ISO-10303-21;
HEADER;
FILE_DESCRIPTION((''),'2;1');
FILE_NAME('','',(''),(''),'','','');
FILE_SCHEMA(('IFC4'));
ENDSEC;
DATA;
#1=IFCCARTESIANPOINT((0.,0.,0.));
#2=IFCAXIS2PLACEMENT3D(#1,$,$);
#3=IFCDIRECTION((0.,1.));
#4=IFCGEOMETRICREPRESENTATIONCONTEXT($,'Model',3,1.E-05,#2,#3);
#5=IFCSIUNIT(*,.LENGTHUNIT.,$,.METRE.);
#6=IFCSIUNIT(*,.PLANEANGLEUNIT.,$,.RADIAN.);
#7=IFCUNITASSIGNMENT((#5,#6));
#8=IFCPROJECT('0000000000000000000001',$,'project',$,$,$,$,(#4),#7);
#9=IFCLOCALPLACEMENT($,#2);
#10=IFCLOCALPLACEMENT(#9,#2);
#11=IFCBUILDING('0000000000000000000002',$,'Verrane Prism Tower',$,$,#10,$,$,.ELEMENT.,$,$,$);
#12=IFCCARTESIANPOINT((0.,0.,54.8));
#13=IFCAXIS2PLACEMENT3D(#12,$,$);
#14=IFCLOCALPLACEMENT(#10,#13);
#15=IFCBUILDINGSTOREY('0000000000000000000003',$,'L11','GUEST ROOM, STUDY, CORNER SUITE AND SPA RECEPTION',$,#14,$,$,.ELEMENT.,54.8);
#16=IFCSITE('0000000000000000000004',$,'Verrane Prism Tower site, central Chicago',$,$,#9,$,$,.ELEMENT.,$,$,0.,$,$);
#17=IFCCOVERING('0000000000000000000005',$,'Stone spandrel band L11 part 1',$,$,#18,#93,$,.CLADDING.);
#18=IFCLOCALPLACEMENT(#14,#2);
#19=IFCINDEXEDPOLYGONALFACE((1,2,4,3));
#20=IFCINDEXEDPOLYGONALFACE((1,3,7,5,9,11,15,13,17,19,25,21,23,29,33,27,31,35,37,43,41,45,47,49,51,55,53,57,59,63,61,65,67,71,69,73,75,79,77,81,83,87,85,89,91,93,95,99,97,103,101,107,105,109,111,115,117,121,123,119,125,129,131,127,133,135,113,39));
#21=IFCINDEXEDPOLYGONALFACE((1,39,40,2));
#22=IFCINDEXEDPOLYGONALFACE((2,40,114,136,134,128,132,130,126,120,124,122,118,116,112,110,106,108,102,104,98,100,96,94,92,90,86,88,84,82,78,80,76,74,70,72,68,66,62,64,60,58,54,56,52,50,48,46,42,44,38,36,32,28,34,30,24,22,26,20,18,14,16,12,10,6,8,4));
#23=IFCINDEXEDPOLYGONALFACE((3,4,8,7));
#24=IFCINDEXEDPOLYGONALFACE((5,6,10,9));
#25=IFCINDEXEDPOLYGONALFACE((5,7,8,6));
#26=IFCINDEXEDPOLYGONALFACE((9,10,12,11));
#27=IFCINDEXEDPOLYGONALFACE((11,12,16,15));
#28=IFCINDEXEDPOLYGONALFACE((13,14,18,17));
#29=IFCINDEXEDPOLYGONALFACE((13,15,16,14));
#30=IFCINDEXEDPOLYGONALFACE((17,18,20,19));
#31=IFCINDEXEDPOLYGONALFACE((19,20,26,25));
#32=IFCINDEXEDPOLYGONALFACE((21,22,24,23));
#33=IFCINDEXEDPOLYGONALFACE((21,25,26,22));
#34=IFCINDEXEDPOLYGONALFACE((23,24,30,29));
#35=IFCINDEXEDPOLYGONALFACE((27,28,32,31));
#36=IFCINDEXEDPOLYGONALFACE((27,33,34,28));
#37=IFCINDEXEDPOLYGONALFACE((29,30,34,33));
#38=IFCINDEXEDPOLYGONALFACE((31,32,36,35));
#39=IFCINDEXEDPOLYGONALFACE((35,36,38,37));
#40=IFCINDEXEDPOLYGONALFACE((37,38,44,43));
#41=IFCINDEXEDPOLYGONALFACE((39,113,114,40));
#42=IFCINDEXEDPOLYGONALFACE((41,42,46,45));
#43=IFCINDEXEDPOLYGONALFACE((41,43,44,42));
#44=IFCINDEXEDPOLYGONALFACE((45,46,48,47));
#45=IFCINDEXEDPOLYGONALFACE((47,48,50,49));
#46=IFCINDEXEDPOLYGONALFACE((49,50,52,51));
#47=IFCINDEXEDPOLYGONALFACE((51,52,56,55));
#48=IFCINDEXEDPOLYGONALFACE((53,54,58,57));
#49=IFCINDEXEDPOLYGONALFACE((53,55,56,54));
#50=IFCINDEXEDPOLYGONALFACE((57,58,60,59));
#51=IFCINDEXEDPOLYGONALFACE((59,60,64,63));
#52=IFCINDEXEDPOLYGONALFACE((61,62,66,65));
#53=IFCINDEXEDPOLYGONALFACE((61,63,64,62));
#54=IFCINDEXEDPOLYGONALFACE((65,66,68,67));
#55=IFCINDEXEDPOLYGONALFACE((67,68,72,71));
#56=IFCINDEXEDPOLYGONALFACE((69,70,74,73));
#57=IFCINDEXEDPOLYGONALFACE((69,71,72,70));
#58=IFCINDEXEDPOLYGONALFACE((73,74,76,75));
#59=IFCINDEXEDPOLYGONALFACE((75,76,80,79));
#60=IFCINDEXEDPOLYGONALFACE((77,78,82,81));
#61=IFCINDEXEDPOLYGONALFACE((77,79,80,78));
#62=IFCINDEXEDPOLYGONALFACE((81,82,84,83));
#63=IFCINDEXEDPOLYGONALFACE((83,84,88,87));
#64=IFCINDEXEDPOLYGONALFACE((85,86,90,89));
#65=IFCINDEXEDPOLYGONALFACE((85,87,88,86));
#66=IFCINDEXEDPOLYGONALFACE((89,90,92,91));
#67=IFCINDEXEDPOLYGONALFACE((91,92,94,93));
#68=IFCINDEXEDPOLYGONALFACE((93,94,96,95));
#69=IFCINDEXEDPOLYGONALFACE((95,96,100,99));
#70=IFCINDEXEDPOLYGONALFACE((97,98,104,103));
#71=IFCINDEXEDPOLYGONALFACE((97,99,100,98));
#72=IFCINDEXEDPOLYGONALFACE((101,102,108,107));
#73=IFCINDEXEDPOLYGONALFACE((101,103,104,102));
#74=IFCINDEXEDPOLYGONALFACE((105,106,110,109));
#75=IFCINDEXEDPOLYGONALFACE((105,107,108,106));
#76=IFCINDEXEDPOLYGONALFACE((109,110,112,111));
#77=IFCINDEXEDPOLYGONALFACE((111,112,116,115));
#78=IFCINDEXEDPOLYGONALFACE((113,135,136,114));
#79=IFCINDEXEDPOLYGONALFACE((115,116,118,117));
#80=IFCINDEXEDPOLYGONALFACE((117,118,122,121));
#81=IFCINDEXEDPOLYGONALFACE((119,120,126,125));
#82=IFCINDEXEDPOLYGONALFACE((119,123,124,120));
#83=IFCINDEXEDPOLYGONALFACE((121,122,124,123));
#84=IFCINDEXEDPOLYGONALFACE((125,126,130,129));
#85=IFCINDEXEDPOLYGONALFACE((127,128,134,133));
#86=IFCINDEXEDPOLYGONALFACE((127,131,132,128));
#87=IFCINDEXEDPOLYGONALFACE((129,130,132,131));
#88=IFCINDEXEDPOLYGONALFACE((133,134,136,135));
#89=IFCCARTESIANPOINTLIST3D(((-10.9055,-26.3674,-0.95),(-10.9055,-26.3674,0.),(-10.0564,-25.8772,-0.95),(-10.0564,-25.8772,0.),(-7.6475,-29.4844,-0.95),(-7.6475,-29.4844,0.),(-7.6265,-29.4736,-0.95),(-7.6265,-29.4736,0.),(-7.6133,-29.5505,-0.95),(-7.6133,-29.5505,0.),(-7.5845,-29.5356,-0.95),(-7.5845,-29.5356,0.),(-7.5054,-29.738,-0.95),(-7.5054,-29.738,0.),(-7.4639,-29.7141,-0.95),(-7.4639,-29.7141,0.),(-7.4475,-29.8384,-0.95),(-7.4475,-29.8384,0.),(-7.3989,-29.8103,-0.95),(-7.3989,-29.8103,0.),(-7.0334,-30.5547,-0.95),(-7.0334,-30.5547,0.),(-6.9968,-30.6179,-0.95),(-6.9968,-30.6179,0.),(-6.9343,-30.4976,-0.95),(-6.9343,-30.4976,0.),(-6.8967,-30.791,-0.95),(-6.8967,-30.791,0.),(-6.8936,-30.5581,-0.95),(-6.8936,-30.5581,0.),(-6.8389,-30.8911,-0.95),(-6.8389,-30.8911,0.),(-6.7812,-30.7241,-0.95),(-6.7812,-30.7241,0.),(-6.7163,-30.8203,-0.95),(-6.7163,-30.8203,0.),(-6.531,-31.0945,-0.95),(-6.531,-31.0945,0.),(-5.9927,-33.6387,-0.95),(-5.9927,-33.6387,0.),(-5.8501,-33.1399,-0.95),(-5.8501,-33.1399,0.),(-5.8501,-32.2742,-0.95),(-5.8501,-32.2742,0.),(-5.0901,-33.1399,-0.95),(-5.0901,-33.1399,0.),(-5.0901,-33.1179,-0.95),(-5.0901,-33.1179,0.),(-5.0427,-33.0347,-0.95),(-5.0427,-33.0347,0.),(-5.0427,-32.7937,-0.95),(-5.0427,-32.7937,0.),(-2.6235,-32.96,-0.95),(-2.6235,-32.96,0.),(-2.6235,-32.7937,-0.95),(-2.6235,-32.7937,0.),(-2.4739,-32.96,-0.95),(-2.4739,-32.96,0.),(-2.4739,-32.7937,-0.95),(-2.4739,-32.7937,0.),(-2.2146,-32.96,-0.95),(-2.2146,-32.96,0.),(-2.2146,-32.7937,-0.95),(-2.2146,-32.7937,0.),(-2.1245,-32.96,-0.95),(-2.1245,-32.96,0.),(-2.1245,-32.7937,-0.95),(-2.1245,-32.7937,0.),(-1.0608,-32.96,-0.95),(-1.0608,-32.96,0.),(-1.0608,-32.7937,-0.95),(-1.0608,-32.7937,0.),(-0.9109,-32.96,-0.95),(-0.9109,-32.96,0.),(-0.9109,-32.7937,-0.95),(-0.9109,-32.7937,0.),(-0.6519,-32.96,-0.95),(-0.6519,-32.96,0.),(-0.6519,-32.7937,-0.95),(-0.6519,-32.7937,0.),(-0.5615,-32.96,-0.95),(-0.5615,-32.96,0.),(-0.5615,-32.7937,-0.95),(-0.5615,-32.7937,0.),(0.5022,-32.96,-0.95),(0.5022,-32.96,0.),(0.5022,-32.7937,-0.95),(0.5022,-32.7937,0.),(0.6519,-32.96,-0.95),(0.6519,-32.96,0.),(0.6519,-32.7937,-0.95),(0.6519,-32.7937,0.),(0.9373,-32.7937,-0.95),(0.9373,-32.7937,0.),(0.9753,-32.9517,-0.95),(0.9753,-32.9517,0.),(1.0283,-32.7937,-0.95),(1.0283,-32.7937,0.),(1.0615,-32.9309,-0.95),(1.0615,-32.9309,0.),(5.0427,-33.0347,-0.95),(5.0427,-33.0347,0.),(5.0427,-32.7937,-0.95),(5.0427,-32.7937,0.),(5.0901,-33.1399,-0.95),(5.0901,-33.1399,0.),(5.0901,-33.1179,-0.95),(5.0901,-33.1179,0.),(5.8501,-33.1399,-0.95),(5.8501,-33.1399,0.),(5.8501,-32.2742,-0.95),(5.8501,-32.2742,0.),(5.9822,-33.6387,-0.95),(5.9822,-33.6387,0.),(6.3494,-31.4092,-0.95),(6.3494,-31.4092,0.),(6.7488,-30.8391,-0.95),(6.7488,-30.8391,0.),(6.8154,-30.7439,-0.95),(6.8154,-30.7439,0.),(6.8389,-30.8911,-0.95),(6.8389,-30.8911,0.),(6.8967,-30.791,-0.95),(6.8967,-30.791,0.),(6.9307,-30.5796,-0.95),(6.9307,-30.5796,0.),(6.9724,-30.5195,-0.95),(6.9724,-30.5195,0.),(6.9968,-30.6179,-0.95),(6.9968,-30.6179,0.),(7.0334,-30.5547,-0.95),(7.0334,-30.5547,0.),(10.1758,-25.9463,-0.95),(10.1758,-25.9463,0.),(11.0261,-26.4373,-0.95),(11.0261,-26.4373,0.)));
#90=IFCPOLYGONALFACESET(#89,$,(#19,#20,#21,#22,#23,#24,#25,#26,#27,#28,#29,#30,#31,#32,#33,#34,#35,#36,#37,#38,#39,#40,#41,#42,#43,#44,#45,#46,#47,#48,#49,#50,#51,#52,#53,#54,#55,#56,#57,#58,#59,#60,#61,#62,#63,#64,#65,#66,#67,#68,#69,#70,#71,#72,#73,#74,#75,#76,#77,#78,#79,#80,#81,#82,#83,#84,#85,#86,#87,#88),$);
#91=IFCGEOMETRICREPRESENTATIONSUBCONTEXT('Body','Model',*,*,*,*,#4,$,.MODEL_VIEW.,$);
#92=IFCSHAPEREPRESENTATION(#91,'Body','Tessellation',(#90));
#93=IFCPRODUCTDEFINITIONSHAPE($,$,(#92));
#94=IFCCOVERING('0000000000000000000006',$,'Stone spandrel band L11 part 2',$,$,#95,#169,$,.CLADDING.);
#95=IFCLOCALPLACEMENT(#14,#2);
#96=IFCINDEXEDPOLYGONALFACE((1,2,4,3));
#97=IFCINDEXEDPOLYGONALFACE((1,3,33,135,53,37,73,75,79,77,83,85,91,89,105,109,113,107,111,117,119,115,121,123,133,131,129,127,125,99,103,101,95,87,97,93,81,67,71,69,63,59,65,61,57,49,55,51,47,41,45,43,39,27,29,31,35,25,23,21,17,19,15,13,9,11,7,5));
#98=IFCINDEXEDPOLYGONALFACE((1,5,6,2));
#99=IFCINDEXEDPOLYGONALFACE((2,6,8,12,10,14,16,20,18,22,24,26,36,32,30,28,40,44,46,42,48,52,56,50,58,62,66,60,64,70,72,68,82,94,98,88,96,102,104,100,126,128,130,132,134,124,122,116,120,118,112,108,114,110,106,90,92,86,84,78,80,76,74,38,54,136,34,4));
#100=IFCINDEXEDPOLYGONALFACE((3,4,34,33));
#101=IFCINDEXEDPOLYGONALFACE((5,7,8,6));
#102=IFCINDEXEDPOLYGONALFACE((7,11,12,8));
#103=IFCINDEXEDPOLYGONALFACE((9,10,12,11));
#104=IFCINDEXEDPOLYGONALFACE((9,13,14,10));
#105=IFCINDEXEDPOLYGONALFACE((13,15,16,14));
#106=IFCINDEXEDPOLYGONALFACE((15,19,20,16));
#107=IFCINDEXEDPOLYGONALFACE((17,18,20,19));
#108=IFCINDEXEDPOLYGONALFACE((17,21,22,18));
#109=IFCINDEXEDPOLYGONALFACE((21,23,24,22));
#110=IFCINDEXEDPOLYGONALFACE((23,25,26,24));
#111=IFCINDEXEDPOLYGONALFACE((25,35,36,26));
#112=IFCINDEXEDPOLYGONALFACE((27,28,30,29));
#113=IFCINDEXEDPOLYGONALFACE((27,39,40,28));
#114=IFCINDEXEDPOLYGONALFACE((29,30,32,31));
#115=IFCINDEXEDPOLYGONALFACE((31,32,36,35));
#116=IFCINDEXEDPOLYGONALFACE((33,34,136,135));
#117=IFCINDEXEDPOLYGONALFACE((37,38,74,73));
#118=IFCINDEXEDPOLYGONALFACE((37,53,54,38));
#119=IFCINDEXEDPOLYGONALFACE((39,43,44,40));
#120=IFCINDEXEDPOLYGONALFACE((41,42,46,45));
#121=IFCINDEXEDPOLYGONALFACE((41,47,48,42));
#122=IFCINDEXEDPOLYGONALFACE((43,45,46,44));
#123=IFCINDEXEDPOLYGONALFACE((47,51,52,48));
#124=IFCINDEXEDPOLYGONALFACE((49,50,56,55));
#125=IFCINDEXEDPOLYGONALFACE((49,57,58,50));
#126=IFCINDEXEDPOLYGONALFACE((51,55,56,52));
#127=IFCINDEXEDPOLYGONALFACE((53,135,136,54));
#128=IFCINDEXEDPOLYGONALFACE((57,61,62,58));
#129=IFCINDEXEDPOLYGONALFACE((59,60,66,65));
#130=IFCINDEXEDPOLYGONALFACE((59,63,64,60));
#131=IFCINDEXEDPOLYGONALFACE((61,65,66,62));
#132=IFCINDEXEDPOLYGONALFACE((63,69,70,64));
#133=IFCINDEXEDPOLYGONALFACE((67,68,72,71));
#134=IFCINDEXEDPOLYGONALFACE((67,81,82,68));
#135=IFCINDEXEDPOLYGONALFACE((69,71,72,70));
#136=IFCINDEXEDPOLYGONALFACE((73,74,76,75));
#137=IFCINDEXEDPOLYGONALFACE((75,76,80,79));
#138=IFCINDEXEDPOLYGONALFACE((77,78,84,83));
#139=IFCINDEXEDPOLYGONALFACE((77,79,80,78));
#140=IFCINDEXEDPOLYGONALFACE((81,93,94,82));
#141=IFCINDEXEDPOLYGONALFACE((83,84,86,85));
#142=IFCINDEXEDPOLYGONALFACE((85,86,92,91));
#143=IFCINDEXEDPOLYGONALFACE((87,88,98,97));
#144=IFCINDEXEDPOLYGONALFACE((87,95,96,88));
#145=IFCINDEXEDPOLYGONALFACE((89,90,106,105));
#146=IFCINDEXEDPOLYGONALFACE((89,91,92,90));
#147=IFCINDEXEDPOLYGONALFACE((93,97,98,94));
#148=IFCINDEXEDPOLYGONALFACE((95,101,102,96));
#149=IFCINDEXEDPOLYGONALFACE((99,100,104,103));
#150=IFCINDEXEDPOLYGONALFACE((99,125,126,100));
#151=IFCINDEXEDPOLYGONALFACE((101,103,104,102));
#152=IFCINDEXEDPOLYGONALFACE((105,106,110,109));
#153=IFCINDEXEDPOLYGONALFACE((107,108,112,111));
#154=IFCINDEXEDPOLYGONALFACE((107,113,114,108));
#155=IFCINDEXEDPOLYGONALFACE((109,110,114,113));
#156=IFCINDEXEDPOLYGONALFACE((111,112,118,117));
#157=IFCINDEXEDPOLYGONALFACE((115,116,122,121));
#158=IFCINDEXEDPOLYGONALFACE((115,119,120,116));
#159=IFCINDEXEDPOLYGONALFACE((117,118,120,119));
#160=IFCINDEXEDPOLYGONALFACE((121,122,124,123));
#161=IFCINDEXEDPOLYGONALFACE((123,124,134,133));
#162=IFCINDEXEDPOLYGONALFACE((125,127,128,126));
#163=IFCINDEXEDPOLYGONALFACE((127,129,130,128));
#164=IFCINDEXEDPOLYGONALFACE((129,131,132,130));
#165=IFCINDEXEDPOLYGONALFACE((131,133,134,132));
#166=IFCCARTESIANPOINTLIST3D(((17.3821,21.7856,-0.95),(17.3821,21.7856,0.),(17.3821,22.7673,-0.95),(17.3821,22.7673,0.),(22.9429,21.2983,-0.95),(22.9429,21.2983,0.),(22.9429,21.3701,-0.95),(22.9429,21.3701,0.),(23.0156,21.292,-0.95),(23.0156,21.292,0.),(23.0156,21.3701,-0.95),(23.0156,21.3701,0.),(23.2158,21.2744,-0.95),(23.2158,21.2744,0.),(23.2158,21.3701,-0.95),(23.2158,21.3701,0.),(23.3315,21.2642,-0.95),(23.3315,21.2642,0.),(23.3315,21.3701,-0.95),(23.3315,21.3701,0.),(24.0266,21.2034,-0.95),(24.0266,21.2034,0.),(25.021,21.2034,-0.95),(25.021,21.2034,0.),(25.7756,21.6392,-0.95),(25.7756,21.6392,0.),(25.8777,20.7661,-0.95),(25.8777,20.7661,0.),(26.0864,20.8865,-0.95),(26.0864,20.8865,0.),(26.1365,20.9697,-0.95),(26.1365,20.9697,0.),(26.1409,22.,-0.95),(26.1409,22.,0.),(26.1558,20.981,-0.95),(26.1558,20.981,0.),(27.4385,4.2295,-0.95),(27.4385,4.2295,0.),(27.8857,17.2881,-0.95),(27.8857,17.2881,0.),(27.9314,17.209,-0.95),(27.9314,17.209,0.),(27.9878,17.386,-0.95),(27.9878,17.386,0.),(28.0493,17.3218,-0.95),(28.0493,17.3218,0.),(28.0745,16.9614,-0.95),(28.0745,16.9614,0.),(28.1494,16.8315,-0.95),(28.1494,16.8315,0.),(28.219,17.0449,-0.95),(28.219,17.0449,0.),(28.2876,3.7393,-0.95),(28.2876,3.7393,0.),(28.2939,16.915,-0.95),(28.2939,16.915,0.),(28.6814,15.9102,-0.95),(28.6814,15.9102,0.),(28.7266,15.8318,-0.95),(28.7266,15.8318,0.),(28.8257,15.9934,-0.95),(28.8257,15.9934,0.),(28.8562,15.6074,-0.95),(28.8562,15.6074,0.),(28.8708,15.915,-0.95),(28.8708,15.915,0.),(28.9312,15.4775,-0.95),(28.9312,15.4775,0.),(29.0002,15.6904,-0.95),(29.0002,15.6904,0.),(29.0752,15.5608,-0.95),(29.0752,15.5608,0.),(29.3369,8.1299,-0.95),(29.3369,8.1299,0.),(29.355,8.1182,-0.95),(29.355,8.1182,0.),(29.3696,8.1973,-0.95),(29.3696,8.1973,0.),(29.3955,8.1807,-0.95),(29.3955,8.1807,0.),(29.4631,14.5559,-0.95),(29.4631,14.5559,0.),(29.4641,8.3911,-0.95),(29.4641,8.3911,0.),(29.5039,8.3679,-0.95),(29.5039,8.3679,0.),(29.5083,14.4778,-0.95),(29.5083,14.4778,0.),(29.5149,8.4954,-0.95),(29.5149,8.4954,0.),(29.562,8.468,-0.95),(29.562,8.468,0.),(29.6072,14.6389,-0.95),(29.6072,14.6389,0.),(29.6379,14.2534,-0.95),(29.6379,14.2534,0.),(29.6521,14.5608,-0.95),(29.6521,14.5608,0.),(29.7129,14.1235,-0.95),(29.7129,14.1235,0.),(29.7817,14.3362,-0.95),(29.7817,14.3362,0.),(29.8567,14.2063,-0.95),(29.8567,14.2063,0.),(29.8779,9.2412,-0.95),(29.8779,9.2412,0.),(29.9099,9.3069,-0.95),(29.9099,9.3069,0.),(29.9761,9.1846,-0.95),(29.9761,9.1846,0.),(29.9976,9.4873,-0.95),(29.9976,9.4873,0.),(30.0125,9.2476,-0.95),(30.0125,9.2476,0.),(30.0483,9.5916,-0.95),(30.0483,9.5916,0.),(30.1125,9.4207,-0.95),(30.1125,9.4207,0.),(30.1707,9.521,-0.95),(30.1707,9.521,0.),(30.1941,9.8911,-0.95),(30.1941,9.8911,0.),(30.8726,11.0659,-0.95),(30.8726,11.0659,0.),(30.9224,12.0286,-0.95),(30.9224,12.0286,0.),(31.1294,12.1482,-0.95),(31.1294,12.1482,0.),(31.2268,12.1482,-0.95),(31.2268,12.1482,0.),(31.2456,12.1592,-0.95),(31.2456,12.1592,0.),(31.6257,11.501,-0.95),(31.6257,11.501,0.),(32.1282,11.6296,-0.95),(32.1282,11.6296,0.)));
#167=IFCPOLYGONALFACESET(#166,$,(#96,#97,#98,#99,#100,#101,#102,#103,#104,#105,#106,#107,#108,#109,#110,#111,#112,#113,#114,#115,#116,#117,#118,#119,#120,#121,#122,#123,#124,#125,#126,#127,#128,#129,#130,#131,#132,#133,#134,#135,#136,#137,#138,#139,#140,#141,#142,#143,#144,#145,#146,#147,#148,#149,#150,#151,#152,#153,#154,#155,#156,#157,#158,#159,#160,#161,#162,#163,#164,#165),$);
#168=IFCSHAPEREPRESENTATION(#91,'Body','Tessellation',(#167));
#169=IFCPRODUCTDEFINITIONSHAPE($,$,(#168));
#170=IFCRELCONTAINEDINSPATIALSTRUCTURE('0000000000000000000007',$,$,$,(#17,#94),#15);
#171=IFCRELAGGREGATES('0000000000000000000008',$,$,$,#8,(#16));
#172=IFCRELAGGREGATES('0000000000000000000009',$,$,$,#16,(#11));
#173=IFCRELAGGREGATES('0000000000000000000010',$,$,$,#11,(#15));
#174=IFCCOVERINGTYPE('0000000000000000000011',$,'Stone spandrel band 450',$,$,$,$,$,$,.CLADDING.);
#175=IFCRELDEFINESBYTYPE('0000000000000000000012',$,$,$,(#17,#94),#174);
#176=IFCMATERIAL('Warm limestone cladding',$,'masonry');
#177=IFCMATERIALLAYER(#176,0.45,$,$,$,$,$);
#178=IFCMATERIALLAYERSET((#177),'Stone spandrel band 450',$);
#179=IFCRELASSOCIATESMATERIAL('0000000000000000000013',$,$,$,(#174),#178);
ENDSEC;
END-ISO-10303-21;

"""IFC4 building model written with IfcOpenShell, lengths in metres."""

from ifc_helpers import new_model, si_unit, direction, frame, origin, place, context, subcontext, project, spatial, polyline, outline, extrude, material, layer, layer_set, type_object, element, save


model = new_model("IFC4")

# Units and contexts
model_context = context("Model", 3, precision=1e-05, world=origin(), true_north=direction((0.0, 1.0)))
body_context = subcontext(model_context, "Body", "Model", "MODEL_VIEW")
ifc_project = project(units=[si_unit("LENGTHUNIT", "METRE"), si_unit("PLANEANGLEUNIT", "RADIAN")], contexts=[model_context])

# Site, building, storey
site_placement = place(None, origin())
site = spatial("IfcSite", under=ifc_project, at=site_placement, Name="Verrane Prism Tower site, central Chicago", CompositionType="ELEMENT", RefElevation=0.0)
building_placement = place(site_placement, origin())
building = spatial("IfcBuilding", under=site, at=building_placement, Name="Verrane Prism Tower", CompositionType="ELEMENT")
storey_placement = place(building_placement, frame((0.0, 0.0, 54.8)))
storey = spatial("IfcBuildingStorey", under=building, at=storey_placement, Name="L11", Description="GUEST ROOM, STUDY, CORNER SUITE AND SPA RECEPTION", CompositionType="ELEMENT", Elevation=54.8)

# Coverings
ifc_material_1 = material(Name="Warm limestone cladding", Category="masonry")
ifc_layer_1 = layer(ifc_material_1, 0.45)
ifc_layer_set_1 = layer_set([ifc_layer_1], Name="Stone spandrel band 450")
covering_type_1 = type_object("IfcCoveringType", Name="Stone spandrel band 450", PredefinedType="CLADDING", material=ifc_layer_set_1)
covering_1_placement = place(storey_placement, frame((0.0, 0.0, -0.95)))
element("IfcCovering", 1, at=covering_1_placement, inside=storey, type_object=covering_type_1, Name="Stone spandrel band L11 part 1", PredefinedType="CLADDING", context=body_context, shape_type="SweptSolid", body=[
    extrude(outline(polyline([(-5.9927, -33.6387), (5.9822, -33.6387), (11.0261, -26.4373), (10.1758, -25.9463), (6.9724, -30.5195), (7.0334, -30.5547), (6.9968, -30.6179), (6.9307, -30.5796), (6.8154, -30.7439), (6.8967, -30.791), (6.8389, -30.8911), (6.7488, -30.8391), (6.3494, -31.4092), (5.8501, -32.2742), (5.8501, -33.1399), (5.0901, -33.1399), (5.0901, -33.1179), (5.0427, -33.0347), (5.0427, -32.7937), (1.0283, -32.7937), (1.0615, -32.9309), (0.9753, -32.9517), (0.9373, -32.7937), (0.6519, -32.7937), (0.6519, -32.96), (0.5022, -32.96), (0.5022, -32.7937), (-0.5615, -32.7937), (-0.5615, -32.96), (-0.6519, -32.96), (-0.6519, -32.7937), (-0.9109, -32.7937), (-0.9109, -32.96), (-1.0608, -32.96), (-1.0608, -32.7937), (-2.1245, -32.7937), (-2.1245, -32.96), (-2.2146, -32.96), (-2.2146, -32.7937), (-2.4739, -32.7937), (-2.4739, -32.96), (-2.6235, -32.96), (-2.6235, -32.7937), (-5.0427, -32.7937), (-5.0427, -33.0347), (-5.0901, -33.1179), (-5.0901, -33.1399), (-5.8501, -33.1399), (-5.8501, -32.2742), (-6.531, -31.0945), (-6.7163, -30.8203), (-6.8389, -30.8911), (-6.8967, -30.791), (-6.7812, -30.7241), (-6.8936, -30.5581), (-6.9968, -30.6179), (-7.0334, -30.5547), (-6.9343, -30.4976), (-7.3989, -29.8103), (-7.4475, -29.8384), (-7.5054, -29.738), (-7.4639, -29.7141), (-7.5845, -29.5356), (-7.6133, -29.5505), (-7.6475, -29.4844), (-7.6265, -29.4736), (-10.0564, -25.8772), (-10.9055, -26.3674), (-5.9927, -33.6387)])), origin(), (0.0, 0.0, 1.0), 0.95),
])
covering_2_placement = place(storey_placement, frame((0.0, 0.0, -0.95)))
element("IfcCovering", 2, at=covering_2_placement, inside=storey, type_object=covering_type_1, Name="Stone spandrel band L11 part 2", PredefinedType="CLADDING", context=body_context, shape_type="SweptSolid", body=[
    extrude(outline(polyline([(17.3821, 21.7856), (22.9429, 21.2983), (22.9429, 21.3701), (23.0156, 21.3701), (23.0156, 21.292), (23.2158, 21.2744), (23.2158, 21.3701), (23.3315, 21.3701), (23.3315, 21.2642), (24.0266, 21.2034), (25.021, 21.2034), (25.7756, 21.6392), (26.1558, 20.981), (26.1365, 20.9697), (26.0864, 20.8865), (25.8777, 20.7661), (27.8857, 17.2881), (27.9878, 17.386), (28.0493, 17.3218), (27.9314, 17.209), (28.0745, 16.9614), (28.219, 17.0449), (28.2939, 16.915), (28.1494, 16.8315), (28.6814, 15.9102), (28.8257, 15.9934), (28.8708, 15.915), (28.7266, 15.8318), (28.8562, 15.6074), (29.0002, 15.6904), (29.0752, 15.5608), (28.9312, 15.4775), (29.4631, 14.5559), (29.6072, 14.6389), (29.6521, 14.5608), (29.5083, 14.4778), (29.6379, 14.2534), (29.7817, 14.3362), (29.8567, 14.2063), (29.7129, 14.1235), (30.9224, 12.0286), (31.1294, 12.1482), (31.2268, 12.1482), (31.2456, 12.1592), (31.6257, 11.501), (30.8726, 11.0659), (30.1941, 9.8911), (30.0483, 9.5916), (30.1707, 9.521), (30.1125, 9.4207), (29.9976, 9.4873), (29.9099, 9.3069), (30.0125, 9.2476), (29.9761, 9.1846), (29.8779, 9.2412), (29.5149, 8.4954), (29.562, 8.468), (29.5039, 8.3679), (29.4641, 8.3911), (29.3696, 8.1973), (29.3955, 8.1807), (29.355, 8.1182), (29.3369, 8.1299), (27.4385, 4.2295), (28.2876, 3.7393), (32.1282, 11.6296), (26.1409, 22.0), (17.3821, 22.7673), (17.3821, 21.7856)])), origin(), (0.0, 0.0, 1.0), 0.95),
])

save(model, "model.ifc")
